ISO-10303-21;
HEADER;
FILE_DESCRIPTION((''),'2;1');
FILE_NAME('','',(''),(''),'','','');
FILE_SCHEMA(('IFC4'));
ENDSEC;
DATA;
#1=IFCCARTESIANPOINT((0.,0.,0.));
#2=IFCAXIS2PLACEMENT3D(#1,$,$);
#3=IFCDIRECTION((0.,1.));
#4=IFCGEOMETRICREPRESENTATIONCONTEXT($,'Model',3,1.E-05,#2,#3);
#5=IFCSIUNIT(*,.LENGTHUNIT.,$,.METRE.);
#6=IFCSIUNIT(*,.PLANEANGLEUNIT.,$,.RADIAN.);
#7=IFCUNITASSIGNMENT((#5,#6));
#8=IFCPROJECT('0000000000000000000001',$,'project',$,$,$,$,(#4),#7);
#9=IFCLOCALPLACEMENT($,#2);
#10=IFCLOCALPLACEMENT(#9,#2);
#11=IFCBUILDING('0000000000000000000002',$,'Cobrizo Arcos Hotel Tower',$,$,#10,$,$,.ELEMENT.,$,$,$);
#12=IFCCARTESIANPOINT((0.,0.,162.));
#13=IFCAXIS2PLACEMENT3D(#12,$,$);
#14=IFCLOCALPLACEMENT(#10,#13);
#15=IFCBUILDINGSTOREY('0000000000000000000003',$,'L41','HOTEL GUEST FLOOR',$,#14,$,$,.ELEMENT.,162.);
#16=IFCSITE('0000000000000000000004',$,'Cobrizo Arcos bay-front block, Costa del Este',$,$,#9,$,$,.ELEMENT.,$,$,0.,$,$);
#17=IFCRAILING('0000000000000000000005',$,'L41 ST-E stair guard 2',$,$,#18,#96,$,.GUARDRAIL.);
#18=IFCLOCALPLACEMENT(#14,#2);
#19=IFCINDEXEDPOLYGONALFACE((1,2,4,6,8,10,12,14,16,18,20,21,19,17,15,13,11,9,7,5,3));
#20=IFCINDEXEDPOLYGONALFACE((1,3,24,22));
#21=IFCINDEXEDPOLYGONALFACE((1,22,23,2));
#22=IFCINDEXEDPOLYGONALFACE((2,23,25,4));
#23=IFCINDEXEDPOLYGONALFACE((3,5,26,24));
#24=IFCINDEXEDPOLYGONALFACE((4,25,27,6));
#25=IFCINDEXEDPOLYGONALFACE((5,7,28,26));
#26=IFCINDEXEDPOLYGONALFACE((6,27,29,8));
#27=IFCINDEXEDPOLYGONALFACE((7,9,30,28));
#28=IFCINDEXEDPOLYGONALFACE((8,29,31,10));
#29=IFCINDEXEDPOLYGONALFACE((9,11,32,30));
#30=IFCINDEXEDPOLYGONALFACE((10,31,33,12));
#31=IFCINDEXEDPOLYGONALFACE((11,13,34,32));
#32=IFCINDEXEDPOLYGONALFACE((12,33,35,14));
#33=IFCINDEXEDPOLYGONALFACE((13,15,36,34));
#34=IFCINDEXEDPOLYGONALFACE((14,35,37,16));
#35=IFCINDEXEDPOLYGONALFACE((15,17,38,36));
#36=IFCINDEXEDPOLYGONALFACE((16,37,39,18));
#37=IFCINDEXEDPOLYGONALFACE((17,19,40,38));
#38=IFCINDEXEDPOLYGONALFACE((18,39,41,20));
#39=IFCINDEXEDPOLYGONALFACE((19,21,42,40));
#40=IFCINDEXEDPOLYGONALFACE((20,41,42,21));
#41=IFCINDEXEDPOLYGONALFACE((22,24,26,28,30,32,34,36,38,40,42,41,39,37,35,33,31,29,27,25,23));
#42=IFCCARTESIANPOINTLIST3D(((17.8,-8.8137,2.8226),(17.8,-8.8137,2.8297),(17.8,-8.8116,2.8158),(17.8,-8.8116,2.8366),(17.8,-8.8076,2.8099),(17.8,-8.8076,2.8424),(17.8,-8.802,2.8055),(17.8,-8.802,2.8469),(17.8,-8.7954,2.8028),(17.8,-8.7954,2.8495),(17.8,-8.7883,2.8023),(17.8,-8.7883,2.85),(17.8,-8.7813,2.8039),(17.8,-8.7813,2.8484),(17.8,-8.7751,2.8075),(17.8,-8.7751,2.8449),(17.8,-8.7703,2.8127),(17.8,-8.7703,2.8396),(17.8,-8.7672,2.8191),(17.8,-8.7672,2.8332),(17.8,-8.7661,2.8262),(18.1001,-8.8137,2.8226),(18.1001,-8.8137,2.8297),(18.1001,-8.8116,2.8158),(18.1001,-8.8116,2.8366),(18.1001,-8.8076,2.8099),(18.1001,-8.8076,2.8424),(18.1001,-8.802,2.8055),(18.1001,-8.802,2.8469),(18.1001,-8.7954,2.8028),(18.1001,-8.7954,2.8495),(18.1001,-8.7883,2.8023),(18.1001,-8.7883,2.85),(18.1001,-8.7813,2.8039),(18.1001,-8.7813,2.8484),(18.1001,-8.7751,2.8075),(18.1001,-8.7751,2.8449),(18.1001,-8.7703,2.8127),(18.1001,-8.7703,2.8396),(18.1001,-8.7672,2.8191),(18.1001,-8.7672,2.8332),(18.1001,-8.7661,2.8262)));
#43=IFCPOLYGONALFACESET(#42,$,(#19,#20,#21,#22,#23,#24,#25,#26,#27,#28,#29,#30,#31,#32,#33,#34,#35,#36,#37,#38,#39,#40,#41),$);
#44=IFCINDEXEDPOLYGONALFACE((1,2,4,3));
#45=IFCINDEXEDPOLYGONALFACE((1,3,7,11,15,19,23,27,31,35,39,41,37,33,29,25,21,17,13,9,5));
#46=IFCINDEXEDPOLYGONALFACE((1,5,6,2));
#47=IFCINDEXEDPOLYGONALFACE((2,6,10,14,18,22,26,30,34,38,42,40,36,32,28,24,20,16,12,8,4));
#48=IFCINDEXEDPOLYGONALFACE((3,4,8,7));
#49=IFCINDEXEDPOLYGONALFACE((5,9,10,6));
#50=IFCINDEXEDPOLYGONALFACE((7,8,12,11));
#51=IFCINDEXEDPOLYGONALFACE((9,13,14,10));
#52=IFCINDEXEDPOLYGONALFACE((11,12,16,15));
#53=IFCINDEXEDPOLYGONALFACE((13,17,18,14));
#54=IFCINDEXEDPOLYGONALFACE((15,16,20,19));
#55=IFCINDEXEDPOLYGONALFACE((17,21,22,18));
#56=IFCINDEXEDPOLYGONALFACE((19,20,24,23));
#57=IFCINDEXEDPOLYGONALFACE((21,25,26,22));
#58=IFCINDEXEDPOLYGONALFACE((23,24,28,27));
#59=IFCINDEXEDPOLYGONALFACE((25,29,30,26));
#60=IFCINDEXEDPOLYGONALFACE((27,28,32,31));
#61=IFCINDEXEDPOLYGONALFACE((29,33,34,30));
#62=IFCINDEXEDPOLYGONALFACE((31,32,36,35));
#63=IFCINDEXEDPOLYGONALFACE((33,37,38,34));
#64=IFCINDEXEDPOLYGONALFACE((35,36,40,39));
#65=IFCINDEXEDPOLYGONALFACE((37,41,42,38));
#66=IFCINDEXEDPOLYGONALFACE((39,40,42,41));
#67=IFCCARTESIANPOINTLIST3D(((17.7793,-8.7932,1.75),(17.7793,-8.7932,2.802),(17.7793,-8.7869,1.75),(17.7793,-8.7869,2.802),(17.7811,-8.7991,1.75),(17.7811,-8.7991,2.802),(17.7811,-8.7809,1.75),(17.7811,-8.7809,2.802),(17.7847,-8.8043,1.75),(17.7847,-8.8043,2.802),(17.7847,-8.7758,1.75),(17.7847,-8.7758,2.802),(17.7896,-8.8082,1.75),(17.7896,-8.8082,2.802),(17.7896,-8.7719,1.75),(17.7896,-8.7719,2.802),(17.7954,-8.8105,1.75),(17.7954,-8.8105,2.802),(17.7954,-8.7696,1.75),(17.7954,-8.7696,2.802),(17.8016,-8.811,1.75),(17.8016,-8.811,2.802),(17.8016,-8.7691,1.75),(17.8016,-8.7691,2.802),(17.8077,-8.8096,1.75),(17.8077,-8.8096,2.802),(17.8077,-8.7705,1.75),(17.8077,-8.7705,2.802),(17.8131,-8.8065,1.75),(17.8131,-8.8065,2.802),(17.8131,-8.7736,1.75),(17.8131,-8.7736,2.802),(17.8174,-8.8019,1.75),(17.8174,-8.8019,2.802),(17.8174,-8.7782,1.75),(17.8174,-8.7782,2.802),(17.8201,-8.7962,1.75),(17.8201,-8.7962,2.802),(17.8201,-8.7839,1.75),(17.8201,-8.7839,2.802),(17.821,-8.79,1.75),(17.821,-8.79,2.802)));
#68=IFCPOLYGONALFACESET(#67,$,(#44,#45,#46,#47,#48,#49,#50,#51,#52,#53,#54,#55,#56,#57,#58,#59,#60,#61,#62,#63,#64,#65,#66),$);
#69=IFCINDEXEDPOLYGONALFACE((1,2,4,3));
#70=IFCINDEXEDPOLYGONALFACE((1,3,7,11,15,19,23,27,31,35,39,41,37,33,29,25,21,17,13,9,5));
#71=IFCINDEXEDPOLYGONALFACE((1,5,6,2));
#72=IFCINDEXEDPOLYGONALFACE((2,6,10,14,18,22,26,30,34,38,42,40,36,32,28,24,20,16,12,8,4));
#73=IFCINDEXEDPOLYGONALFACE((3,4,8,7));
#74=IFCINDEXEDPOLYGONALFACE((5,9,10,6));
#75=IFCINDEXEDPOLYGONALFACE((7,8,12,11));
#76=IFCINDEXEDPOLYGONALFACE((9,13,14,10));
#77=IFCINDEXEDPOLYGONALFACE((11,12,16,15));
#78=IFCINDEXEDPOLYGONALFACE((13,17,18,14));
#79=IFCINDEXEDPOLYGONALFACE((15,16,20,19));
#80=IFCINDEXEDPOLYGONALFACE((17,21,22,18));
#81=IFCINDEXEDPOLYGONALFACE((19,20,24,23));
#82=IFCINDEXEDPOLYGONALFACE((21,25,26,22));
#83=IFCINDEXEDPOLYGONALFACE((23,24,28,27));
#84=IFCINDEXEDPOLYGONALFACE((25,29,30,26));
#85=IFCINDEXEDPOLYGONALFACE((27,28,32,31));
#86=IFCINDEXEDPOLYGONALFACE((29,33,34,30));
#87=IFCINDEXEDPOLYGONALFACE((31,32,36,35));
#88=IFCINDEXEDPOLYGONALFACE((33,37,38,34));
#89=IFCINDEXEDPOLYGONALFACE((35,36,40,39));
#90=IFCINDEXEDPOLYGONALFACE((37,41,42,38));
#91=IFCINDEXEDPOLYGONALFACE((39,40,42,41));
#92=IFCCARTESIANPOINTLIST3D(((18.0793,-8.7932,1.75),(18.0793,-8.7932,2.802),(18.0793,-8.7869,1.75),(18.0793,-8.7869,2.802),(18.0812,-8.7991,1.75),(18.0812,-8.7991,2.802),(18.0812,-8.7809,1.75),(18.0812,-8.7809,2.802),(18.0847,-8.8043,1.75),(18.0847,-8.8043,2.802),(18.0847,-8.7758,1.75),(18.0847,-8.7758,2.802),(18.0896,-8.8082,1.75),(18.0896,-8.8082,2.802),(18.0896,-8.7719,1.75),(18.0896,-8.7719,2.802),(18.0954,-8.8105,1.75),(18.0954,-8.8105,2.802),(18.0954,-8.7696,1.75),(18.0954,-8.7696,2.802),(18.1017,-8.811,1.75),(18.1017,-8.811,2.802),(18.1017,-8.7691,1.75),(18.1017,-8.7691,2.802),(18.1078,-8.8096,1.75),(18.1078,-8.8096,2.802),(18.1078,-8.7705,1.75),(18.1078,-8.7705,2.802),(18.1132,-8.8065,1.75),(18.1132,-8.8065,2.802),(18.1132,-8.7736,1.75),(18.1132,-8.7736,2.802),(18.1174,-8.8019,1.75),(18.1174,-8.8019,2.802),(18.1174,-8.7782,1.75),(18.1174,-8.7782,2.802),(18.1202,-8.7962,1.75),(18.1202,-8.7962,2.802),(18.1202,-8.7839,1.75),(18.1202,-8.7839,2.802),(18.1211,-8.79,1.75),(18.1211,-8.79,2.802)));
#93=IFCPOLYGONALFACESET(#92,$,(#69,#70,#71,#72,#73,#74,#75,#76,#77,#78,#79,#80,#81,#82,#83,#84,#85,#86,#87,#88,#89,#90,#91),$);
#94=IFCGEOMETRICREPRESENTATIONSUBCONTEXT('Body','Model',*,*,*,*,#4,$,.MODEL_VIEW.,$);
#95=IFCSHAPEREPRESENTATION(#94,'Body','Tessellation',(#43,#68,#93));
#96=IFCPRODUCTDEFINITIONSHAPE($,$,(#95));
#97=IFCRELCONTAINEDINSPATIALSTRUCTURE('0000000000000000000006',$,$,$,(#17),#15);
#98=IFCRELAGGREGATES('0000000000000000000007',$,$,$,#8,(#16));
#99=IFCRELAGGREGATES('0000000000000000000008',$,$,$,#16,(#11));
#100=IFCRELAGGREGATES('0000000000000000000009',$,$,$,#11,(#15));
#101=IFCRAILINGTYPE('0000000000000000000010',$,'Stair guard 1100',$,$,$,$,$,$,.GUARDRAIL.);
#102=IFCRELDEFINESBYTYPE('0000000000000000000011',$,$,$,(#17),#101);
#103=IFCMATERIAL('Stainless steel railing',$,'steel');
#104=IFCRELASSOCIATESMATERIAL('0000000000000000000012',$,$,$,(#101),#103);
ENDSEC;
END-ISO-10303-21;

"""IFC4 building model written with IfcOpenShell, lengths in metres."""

from ifc_helpers import new_model, si_unit, direction, frame, origin, origin_2d, place, context, subcontext, project, spatial, circle, extrude, material, type_object, element, save


model = new_model("IFC4")

# Units and contexts
model_context = context("Model", 3, precision=1e-05, world=origin(), true_north=direction((0.0, 1.0)))
body_context = subcontext(model_context, "Body", "Model", "MODEL_VIEW")
ifc_project = project(units=[si_unit("LENGTHUNIT", "METRE"), si_unit("PLANEANGLEUNIT", "RADIAN")], contexts=[model_context])

# Site, building, storey
site_placement = place(None, origin())
site = spatial("IfcSite", under=ifc_project, at=site_placement, Name="Cobrizo Arcos bay-front block, Costa del Este", CompositionType="ELEMENT", RefElevation=0.0)
building_placement = place(site_placement, origin())
building = spatial("IfcBuilding", under=site, at=building_placement, Name="Cobrizo Arcos Hotel Tower", CompositionType="ELEMENT")
storey_placement = place(building_placement, frame((0.0, 0.0, 162.0)))
storey = spatial("IfcBuildingStorey", under=building, at=storey_placement, Name="L41", Description="HOTEL GUEST FLOOR", CompositionType="ELEMENT", Elevation=162.0)

# Railing
ifc_material_1 = material(Name="Stainless steel railing", Category="steel")
railing_type_1 = type_object("IfcRailingType", Name="Stair guard 1100", PredefinedType="GUARDRAIL", material=ifc_material_1)
railing_1_placement = place(storey_placement, frame((17.8, -8.79, 1.75)))
element("IfcRailing", 1, at=railing_1_placement, inside=storey, type_object=railing_type_1, Name="L41 ST-E stair guard 2", PredefinedType="GUARDRAIL", context=body_context, shape_type="SweptSolid", body=[
    extrude(circle(Radius=0.0239, at=origin_2d()), frame((0.0, 0.0, 1.0762), z_axis=(1.0, 0.0, 0.0), x_axis=(0.0, 1.0, 0.0)), (0.0, 0.0, 1.0), 0.3),
    extrude(circle(Radius=0.021, at=origin_2d()), origin(), (0.0, 0.0, 1.0), 1.052),
    extrude(circle(Radius=0.021, at=origin_2d()), frame((0.3, 0.0, 0.0)), (0.0, 0.0, 1.0), 1.052),
])

save(model, "model.ifc")
